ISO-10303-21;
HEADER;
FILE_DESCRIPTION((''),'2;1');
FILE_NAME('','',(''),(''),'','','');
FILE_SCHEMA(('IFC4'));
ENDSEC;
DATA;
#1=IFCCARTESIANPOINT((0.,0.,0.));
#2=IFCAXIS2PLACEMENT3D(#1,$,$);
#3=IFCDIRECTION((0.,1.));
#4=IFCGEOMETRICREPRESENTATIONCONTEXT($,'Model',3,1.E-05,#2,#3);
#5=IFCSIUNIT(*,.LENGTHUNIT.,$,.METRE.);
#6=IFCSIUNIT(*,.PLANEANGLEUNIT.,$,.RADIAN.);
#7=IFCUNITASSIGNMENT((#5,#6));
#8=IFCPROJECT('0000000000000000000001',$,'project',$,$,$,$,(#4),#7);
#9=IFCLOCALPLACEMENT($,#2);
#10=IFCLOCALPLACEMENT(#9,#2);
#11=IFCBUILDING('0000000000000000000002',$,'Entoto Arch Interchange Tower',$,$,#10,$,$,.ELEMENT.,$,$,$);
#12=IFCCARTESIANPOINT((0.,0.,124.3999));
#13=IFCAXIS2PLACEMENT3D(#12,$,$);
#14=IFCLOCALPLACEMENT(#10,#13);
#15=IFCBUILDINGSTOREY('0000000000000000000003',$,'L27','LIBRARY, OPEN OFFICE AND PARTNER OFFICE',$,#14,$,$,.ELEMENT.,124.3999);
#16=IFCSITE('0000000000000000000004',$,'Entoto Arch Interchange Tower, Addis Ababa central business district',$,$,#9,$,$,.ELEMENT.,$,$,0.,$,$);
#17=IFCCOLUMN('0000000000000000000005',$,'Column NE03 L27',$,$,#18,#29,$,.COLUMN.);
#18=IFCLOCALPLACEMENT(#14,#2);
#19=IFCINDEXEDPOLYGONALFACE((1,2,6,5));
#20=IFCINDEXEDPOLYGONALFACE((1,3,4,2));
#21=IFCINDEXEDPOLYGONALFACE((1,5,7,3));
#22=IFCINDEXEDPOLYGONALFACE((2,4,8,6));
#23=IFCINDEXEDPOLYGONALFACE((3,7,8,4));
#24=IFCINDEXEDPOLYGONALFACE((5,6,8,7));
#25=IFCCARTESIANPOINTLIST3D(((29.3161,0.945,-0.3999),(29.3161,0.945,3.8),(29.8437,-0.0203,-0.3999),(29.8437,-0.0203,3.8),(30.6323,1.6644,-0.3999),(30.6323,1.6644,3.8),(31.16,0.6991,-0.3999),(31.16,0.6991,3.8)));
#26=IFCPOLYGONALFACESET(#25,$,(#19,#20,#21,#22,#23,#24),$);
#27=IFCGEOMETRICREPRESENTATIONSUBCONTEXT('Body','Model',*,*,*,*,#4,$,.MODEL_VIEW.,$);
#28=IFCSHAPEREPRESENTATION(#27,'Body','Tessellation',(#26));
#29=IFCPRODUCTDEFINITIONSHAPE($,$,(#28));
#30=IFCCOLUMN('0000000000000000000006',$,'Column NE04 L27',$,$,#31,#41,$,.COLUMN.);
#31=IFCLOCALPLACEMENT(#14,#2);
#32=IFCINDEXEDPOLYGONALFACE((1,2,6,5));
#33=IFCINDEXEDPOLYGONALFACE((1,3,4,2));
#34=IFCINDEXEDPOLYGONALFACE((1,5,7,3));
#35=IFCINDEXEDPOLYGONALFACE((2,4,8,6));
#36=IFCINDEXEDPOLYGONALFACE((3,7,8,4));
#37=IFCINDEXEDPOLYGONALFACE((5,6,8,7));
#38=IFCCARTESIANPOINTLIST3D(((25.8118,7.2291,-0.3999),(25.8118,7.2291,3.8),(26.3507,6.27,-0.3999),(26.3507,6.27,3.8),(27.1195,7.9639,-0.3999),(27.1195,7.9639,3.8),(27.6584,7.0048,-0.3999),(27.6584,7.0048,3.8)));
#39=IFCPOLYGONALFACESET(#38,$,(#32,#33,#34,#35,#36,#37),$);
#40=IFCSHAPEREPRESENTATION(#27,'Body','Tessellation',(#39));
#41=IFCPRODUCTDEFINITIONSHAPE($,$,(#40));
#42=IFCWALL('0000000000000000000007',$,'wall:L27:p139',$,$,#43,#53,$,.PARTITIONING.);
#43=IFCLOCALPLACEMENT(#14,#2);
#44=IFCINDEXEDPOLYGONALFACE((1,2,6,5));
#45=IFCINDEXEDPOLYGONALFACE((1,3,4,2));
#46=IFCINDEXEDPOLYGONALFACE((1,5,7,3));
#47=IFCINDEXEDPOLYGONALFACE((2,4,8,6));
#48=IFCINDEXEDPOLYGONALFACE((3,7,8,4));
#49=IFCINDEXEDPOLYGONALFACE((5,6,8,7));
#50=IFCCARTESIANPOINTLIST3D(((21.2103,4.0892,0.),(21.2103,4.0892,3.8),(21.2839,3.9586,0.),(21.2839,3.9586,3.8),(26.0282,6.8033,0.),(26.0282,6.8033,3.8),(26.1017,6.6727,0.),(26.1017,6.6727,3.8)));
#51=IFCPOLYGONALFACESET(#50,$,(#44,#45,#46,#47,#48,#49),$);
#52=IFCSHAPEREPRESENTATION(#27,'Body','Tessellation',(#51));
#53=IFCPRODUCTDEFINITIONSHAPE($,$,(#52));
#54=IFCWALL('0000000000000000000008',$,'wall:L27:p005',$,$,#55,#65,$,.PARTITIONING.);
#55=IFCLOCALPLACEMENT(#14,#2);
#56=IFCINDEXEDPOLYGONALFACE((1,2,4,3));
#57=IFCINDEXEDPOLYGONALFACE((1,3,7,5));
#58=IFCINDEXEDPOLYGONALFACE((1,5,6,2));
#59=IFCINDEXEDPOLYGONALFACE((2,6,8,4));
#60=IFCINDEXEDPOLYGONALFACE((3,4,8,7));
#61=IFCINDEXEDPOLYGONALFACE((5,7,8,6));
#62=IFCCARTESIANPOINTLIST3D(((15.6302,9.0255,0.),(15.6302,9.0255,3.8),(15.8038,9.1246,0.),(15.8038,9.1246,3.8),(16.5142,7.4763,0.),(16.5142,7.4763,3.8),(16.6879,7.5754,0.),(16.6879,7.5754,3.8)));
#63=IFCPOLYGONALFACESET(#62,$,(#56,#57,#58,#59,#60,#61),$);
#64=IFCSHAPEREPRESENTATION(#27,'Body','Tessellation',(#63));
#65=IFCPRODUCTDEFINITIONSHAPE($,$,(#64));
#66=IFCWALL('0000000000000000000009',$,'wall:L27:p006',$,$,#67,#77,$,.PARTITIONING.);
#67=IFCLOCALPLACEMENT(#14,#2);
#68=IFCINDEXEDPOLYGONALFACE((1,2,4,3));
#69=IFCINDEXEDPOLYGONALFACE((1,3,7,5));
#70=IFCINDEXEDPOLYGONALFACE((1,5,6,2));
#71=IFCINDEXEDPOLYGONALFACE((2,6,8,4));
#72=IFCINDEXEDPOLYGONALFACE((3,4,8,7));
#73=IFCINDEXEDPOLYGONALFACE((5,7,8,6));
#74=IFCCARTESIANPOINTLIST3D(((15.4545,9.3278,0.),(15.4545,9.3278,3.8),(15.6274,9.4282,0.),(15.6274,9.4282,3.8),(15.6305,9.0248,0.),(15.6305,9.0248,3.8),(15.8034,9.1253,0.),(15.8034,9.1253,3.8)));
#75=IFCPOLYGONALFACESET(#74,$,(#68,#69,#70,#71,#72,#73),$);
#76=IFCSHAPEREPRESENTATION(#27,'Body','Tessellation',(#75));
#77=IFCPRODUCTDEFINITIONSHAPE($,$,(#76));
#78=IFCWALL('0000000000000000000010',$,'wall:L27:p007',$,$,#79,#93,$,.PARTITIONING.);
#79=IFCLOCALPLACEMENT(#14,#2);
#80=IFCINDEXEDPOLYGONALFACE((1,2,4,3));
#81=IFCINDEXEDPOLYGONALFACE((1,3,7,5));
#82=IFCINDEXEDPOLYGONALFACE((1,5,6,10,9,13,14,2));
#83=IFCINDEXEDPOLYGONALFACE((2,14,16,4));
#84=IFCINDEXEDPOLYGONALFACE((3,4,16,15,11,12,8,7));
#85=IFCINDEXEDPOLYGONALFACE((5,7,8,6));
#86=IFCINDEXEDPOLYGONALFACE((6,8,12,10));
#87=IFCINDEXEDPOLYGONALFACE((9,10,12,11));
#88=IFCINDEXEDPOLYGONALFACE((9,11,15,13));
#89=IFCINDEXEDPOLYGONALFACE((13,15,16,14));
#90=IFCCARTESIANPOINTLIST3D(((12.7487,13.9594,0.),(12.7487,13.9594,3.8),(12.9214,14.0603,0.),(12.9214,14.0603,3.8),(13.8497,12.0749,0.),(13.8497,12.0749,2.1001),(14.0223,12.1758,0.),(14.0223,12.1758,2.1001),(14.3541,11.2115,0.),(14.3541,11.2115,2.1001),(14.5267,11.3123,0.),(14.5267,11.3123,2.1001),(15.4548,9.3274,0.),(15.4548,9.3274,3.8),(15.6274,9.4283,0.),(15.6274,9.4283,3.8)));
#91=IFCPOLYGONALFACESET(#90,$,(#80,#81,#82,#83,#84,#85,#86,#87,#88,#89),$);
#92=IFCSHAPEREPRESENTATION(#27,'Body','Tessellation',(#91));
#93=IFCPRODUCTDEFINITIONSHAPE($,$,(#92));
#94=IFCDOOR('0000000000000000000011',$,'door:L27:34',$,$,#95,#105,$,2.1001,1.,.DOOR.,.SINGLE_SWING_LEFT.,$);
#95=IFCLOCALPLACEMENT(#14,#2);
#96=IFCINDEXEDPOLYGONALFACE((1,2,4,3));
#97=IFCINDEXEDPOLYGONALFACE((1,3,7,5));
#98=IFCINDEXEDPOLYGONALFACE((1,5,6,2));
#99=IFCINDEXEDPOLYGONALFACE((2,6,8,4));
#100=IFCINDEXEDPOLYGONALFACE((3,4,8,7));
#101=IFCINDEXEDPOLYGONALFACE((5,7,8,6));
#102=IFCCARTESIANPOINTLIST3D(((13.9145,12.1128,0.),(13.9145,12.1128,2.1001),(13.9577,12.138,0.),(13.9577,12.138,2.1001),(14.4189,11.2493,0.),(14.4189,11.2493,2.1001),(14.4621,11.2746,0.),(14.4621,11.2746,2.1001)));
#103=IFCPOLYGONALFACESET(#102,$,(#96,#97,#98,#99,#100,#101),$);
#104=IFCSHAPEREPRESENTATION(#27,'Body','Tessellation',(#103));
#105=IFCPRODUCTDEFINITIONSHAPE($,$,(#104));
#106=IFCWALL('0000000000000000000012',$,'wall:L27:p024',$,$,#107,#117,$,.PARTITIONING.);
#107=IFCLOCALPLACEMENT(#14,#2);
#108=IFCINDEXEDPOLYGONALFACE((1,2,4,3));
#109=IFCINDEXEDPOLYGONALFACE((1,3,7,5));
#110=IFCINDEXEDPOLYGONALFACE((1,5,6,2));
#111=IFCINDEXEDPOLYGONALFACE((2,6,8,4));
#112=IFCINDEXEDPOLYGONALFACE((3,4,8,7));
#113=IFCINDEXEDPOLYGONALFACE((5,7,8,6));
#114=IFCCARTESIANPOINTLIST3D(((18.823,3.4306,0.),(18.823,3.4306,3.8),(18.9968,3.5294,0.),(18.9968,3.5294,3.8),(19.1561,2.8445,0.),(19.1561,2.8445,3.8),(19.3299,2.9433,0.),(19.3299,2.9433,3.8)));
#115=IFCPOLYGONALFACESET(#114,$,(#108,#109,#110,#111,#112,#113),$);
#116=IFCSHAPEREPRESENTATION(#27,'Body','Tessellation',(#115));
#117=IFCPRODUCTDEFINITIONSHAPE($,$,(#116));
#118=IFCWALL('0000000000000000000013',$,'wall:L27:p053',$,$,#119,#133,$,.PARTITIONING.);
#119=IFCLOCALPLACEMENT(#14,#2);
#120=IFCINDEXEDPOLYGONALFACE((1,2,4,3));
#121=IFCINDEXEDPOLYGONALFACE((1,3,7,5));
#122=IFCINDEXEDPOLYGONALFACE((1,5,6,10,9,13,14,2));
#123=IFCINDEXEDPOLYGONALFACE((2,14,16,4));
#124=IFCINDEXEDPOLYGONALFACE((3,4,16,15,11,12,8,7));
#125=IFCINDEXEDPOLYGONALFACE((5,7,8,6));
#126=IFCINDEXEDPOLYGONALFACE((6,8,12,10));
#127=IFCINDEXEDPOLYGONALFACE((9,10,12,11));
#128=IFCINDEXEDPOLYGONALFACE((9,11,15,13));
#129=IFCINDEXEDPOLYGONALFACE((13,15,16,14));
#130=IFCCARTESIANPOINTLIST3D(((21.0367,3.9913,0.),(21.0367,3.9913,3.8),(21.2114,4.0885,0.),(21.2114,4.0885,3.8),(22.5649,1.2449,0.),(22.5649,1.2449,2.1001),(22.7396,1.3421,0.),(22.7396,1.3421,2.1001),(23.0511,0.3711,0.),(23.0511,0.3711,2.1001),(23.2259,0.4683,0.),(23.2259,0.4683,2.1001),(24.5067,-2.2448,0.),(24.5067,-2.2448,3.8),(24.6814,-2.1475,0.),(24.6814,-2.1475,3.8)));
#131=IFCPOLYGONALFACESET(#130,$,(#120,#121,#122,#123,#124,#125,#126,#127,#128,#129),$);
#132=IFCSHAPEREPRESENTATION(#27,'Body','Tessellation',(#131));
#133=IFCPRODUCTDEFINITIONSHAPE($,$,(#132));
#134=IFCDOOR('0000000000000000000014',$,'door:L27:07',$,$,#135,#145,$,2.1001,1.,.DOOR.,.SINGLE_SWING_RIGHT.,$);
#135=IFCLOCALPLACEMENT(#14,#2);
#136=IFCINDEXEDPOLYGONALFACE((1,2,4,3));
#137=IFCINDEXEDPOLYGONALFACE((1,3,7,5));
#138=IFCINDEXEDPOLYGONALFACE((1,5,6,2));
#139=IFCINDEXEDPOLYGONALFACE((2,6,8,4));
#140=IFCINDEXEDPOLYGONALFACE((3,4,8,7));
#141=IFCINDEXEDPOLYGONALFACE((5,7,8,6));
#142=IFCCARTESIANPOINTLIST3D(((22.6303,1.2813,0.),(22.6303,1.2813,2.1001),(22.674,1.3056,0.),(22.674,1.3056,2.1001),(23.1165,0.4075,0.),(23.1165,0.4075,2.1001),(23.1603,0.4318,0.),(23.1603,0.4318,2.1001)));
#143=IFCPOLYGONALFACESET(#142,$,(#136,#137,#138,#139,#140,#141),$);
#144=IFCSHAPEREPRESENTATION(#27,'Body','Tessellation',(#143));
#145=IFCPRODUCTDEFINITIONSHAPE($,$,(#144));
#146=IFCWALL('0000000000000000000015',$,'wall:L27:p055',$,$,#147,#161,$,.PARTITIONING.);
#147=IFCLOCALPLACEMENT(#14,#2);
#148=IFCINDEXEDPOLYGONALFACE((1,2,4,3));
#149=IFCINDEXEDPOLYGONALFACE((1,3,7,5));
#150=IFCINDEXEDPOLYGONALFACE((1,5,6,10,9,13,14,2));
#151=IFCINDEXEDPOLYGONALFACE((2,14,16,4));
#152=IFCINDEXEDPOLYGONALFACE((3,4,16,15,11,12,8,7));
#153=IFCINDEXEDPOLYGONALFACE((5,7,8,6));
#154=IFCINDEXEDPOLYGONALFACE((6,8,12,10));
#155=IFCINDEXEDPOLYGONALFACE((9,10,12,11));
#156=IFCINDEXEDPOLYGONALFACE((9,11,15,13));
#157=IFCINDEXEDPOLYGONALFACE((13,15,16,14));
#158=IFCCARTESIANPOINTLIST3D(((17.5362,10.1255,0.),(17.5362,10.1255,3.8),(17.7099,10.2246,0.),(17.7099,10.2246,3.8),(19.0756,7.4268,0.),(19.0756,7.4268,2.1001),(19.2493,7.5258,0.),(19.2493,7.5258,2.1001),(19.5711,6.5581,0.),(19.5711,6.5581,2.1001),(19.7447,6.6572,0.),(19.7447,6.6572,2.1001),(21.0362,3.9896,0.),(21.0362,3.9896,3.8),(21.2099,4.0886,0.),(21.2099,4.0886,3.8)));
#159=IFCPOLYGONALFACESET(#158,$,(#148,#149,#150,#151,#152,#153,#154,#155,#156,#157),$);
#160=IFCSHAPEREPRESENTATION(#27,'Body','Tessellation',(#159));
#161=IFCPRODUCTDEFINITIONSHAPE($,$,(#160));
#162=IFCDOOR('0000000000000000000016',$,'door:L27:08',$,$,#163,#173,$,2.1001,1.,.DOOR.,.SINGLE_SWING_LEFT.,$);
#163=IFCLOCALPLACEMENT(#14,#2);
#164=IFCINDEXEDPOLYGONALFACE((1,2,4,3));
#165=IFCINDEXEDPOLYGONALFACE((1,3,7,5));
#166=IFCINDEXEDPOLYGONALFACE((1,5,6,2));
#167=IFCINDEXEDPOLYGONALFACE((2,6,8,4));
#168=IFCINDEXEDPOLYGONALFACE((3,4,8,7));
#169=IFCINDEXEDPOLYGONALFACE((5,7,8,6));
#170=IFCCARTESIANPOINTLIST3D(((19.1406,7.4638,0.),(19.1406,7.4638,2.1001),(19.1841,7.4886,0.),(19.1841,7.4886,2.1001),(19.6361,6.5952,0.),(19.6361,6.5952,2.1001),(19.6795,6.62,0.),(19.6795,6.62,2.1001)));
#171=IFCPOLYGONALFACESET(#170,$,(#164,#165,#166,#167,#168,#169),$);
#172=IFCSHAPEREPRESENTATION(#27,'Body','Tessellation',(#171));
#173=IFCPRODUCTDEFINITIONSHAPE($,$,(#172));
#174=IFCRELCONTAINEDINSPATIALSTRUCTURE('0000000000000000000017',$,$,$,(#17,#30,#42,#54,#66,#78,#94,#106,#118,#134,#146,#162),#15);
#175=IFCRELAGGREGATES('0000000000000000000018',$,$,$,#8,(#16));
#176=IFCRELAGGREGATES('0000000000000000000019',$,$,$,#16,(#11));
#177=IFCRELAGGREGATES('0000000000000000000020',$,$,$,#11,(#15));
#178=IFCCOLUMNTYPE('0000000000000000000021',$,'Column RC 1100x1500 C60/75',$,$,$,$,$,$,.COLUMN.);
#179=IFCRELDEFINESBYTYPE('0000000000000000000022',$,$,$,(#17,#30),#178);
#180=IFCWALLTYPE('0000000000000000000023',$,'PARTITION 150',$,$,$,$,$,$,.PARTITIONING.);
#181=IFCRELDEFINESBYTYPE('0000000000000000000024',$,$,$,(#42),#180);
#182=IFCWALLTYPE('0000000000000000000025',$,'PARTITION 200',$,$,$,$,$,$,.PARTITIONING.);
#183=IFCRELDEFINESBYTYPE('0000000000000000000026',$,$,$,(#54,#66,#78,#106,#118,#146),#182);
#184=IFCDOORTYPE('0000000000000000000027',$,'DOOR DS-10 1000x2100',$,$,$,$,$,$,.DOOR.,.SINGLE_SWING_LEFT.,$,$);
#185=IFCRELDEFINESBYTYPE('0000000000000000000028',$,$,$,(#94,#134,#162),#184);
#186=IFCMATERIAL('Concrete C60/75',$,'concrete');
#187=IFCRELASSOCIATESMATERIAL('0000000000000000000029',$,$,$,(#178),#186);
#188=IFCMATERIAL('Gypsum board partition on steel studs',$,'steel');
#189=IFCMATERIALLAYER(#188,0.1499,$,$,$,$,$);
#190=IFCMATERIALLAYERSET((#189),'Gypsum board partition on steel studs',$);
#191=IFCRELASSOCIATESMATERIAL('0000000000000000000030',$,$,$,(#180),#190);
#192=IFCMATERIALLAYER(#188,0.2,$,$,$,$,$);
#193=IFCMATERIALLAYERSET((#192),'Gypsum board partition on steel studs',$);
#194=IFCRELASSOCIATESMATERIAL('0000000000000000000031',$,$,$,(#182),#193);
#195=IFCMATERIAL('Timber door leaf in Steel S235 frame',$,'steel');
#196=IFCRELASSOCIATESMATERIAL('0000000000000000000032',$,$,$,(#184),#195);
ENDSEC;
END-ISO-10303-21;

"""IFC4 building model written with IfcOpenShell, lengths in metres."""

from ifc_helpers import new_model, si_unit, direction, frame, frame_2d, origin, origin_2d, place, context, subcontext, project, spatial, rectangle, extrude, material, layer, layer_set, material_profile, profile_set, type_object, element, fill, save


model = new_model("IFC4")

# Units and contexts
model_context = context("Model", 3, precision=1e-05, world=origin(), true_north=direction((0.0, 1.0)))
body_context = subcontext(model_context, "Body", "Model", "MODEL_VIEW")
ifc_project = project(units=[si_unit("LENGTHUNIT", "METRE"), si_unit("PLANEANGLEUNIT", "RADIAN")], contexts=[model_context])

# Site, building, storey
site_placement = place(None, origin())
site = spatial("IfcSite", under=ifc_project, at=site_placement, Name="Entoto Arch Interchange Tower, Addis Ababa central business district", CompositionType="ELEMENT", RefElevation=0.0)
building_placement = place(site_placement, origin())
building = spatial("IfcBuilding", under=site, at=building_placement, Name="Entoto Arch Interchange Tower", CompositionType="ELEMENT")
storey_placement = place(building_placement, frame((0.0, 0.0, 124.3999)))
storey = spatial("IfcBuildingStorey", under=building, at=storey_placement, Name="L27", Description="LIBRARY, OPEN OFFICE AND PARTNER OFFICE", CompositionType="ELEMENT", Elevation=124.3999)

# Columns
ifc_material_1 = material(Name="Concrete C60/75", Category="concrete")
ifc_material_profile = material_profile(ifc_material_1, rectangle(XDim=1.1001, YDim=1.5, at=origin_2d()))
ifc_profile_set = profile_set([ifc_material_profile], Name="Concrete C60/75")
column_type = type_object("IfcColumnType", Name="Column RC 1100x1500 C60/75", PredefinedType="COLUMN", material=ifc_profile_set)
for number, where, z_axis, x_axis, name in (
    (1, (30.238, 0.822, -0.3999), (0.0, 0.0, 1.0), (-0.479611, 0.877481, 0.0), "Column NE03 L27"),
    (2, (26.7351, 7.1169, -0.3999), (0.0, 0.0, 1.0), (-0.489839, 0.871813, 0.0), "Column NE04 L27"),
):
    element("IfcColumn", number, at=place(storey_placement, frame(where, z_axis=z_axis, x_axis=x_axis)), inside=storey, type_object=column_type, Name=name, PredefinedType="COLUMN", context=body_context, shape_type="SweptSolid", body=[
        extrude(rectangle(XDim=1.1001, YDim=1.5, at=origin_2d()), origin(), (0.0, 0.0, 1.0), 4.2),
    ])

# Walls
ifc_material_2 = material(Name="Gypsum board partition on steel studs", Category="steel")
ifc_layer_1 = layer(ifc_material_2, 0.1499)
ifc_layer_set_1 = layer_set([ifc_layer_1], Name="Gypsum board partition on steel studs")
wall_type_1 = type_object("IfcWallType", Name="PARTITION 150", PredefinedType="PARTITIONING", material=ifc_layer_set_1)
wall_1_placement = place(storey_placement, frame((21.2471, 4.0239, 0.0), z_axis=(0.0, 0.0, 1.0), x_axis=(0.871262, 0.490819, 0.0)))
element("IfcWall", 3, at=wall_1_placement, inside=storey, type_object=wall_type_1, Name="wall:L27:p139", PredefinedType="PARTITIONING", context=body_context, shape_type="SweptSolid", body=[
    extrude(rectangle(XDim=5.5298, YDim=0.1499, at=frame_2d((2.7649, 0.0))), origin(), (0.0, 0.0, 1.0), 3.8),
])
ifc_layer_2 = layer(ifc_material_2, 0.2)
ifc_layer_set_2 = layer_set([ifc_layer_2], Name="Gypsum board partition on steel studs")
wall_type_2 = type_object("IfcWallType", Name="PARTITION 200", PredefinedType="PARTITIONING", material=ifc_layer_set_2)
wall_2_placement = place(storey_placement, frame((16.6011, 7.5259, 0.0), z_axis=(0.0, 0.0, 1.0), x_axis=(-0.495652, 0.868521, 0.0)))
element("IfcWall", 4, at=wall_2_placement, inside=storey, type_object=wall_type_2, Name="wall:L27:p005", PredefinedType="PARTITIONING", context=body_context, shape_type="SweptSolid", body=[
    extrude(rectangle(XDim=1.7837, YDim=0.2, at=frame_2d((0.8918, 0.0))), origin(), (0.0, 0.0, 1.0), 3.8),
])
wall_3_placement = place(storey_placement, frame((15.717, 9.075, 0.0), z_axis=(0.0, 0.0, 1.0), x_axis=(-0.502354, 0.864662, 0.0)))
element("IfcWall", 5, at=wall_3_placement, inside=storey, type_object=wall_type_2, Name="wall:L27:p006", PredefinedType="PARTITIONING", context=body_context, shape_type="SweptSolid", body=[
    extrude(rectangle(XDim=0.3503, YDim=0.2, at=frame_2d((0.1753, 0.0))), origin(), (0.0, 0.0, 1.0), 3.8),
])

# Wall, opening, door
wall_4_placement = place(storey_placement, frame((15.541, 9.3779, 0.0), z_axis=(0.0, 0.0, 1.0), x_axis=(-0.504428, 0.863454, 0.0)))
wall_4 = element("IfcWall", 6, at=wall_4_placement, inside=storey, type_object=wall_type_2, Name="wall:L27:p007", PredefinedType="PARTITIONING", context=body_context, shape_type="SweptSolid", body=[
    extrude(rectangle(XDim=5.3645, YDim=0.2, at=frame_2d((2.6821, 0.0))), origin(), (0.0, 0.0, 1.0), 3.8),
])
opening_1_placement = place(wall_4_placement, frame((2.1819, 0.0, 0.0)))
opening_1 = element("IfcOpeningElement", 7, at=opening_1_placement, cuts=wall_4, PredefinedType="OPENING", context=body_context, shape_type="SweptSolid", body=[
    extrude(rectangle(XDim=1.0, YDim=2.1001, at=frame_2d((0.5, 1.05))), frame((0.0, 0.1099, 0.0), z_axis=(0.0, -1.0, 0.0), x_axis=(1.0, 0.0, 0.0)), (0.0, 0.0, 1.0), 0.22),
])
ifc_material_3 = material(Name="Timber door leaf in Steel S235 frame", Category="steel")
door_type = type_object("IfcDoorType", Name="DOOR DS-10 1000x2100", OperationType="SINGLE_SWING_LEFT", PredefinedType="DOOR", material=ifc_material_3)
door_1_placement = place(opening_1_placement, origin())
door_1 = element("IfcDoor", 8, at=door_1_placement, inside=storey, type_object=door_type, Name="door:L27:34", OperationType="SINGLE_SWING_LEFT", OverallHeight=2.1001, OverallWidth=1.0, PredefinedType="DOOR", context=body_context, shape_type="SweptSolid", body=[
    extrude(rectangle(XDim=1.0, YDim=2.1001, at=frame_2d((0.5, 1.05))), frame((0.0, 0.0249, 0.0), z_axis=(0.0, -1.0, 0.0), x_axis=(1.0, 0.0, 0.0)), (0.0, 0.0, 1.0), 0.05),
])
fill(opening_1, door_1)

# Wall
wall_5_placement = place(storey_placement, frame((19.2429, 2.894, 0.0), z_axis=(0.0, 0.0, 1.0), x_axis=(-0.494109, 0.8694, 0.0)))
element("IfcWall", 9, at=wall_5_placement, inside=storey, type_object=wall_type_2, Name="wall:L27:p024", PredefinedType="PARTITIONING", context=body_context, shape_type="SweptSolid", body=[
    extrude(rectangle(XDim=0.6741, YDim=0.2, at=frame_2d((0.3369, 0.0))), origin(), (0.0, 0.0, 1.0), 3.8),
])

# Walls, openings, doors
wall_6_placement = place(storey_placement, frame((21.124, 4.04, 0.0), z_axis=(0.0, 0.0, 1.0), x_axis=(0.48623, -0.873831, 0.0)))
wall_6 = element("IfcWall", 10, at=wall_6_placement, inside=storey, type_object=wall_type_2, Name="wall:L27:p053", PredefinedType="PARTITIONING", context=body_context, shape_type="SweptSolid", body=[
    extrude(rectangle(XDim=7.1365, YDim=0.2, at=frame_2d((3.5684, 0.0))), origin(), (0.0, 0.0, 1.0), 3.8),
])
opening_2_placement = place(wall_6_placement, frame((3.1431, 0.0, 0.0)))
opening_2 = element("IfcOpeningElement", 11, at=opening_2_placement, cuts=wall_6, PredefinedType="OPENING", context=body_context, shape_type="SweptSolid", body=[
    extrude(rectangle(XDim=1.0, YDim=2.1001, at=frame_2d((0.5, 1.05))), frame((0.0, 0.1099, 0.0), z_axis=(0.0, -1.0, 0.0), x_axis=(1.0, 0.0, 0.0)), (0.0, 0.0, 1.0), 0.22),
])
door_2_placement = place(opening_2_placement, origin())
door_2 = element("IfcDoor", 12, at=door_2_placement, inside=storey, type_object=door_type, Name="door:L27:07", OperationType="SINGLE_SWING_RIGHT", OverallHeight=2.1001, OverallWidth=1.0, PredefinedType="DOOR", context=body_context, shape_type="SweptSolid", body=[
    extrude(rectangle(XDim=1.0, YDim=2.1001, at=frame_2d((0.5, 1.05))), frame((0.0, 0.0249, 0.0), z_axis=(0.0, -1.0, 0.0), x_axis=(1.0, 0.0, 0.0)), (0.0, 0.0, 1.0), 0.05),
])
fill(opening_2, door_2)
wall_7_placement = place(storey_placement, frame((17.623, 10.175, 0.0), z_axis=(0.0, 0.0, 1.0), x_axis=(0.495469, -0.868626, 0.0)))
wall_7 = element("IfcWall", 13, at=wall_7_placement, inside=storey, type_object=wall_type_2, Name="wall:L27:p055", PredefinedType="PARTITIONING", context=body_context, shape_type="SweptSolid", body=[
    extrude(rectangle(XDim=7.064, YDim=0.2, at=frame_2d((3.532, 0.0))), origin(), (0.0, 0.0, 1.0), 3.8),
])
opening_3_placement = place(wall_7_placement, frame((3.1069, 0.0, 0.0)))
opening_3 = element("IfcOpeningElement", 14, at=opening_3_placement, cuts=wall_7, PredefinedType="OPENING", context=body_context, shape_type="SweptSolid", body=[
    extrude(rectangle(XDim=1.0, YDim=2.1001, at=frame_2d((0.5, 1.05))), frame((0.0, 0.1099, 0.0), z_axis=(0.0, -1.0, 0.0), x_axis=(1.0, 0.0, 0.0)), (0.0, 0.0, 1.0), 0.22),
])
door_3_placement = place(opening_3_placement, origin())
door_3 = element("IfcDoor", 15, at=door_3_placement, inside=storey, type_object=door_type, Name="door:L27:08", OperationType="SINGLE_SWING_LEFT", OverallHeight=2.1001, OverallWidth=1.0, PredefinedType="DOOR", context=body_context, shape_type="SweptSolid", body=[
    extrude(rectangle(XDim=1.0, YDim=2.1001, at=frame_2d((0.5, 1.05))), frame((0.0, 0.0249, 0.0), z_axis=(0.0, -1.0, 0.0), x_axis=(1.0, 0.0, 0.0)), (0.0, 0.0, 1.0), 0.05),
])
fill(opening_3, door_3)

save(model, "model.ifc")
